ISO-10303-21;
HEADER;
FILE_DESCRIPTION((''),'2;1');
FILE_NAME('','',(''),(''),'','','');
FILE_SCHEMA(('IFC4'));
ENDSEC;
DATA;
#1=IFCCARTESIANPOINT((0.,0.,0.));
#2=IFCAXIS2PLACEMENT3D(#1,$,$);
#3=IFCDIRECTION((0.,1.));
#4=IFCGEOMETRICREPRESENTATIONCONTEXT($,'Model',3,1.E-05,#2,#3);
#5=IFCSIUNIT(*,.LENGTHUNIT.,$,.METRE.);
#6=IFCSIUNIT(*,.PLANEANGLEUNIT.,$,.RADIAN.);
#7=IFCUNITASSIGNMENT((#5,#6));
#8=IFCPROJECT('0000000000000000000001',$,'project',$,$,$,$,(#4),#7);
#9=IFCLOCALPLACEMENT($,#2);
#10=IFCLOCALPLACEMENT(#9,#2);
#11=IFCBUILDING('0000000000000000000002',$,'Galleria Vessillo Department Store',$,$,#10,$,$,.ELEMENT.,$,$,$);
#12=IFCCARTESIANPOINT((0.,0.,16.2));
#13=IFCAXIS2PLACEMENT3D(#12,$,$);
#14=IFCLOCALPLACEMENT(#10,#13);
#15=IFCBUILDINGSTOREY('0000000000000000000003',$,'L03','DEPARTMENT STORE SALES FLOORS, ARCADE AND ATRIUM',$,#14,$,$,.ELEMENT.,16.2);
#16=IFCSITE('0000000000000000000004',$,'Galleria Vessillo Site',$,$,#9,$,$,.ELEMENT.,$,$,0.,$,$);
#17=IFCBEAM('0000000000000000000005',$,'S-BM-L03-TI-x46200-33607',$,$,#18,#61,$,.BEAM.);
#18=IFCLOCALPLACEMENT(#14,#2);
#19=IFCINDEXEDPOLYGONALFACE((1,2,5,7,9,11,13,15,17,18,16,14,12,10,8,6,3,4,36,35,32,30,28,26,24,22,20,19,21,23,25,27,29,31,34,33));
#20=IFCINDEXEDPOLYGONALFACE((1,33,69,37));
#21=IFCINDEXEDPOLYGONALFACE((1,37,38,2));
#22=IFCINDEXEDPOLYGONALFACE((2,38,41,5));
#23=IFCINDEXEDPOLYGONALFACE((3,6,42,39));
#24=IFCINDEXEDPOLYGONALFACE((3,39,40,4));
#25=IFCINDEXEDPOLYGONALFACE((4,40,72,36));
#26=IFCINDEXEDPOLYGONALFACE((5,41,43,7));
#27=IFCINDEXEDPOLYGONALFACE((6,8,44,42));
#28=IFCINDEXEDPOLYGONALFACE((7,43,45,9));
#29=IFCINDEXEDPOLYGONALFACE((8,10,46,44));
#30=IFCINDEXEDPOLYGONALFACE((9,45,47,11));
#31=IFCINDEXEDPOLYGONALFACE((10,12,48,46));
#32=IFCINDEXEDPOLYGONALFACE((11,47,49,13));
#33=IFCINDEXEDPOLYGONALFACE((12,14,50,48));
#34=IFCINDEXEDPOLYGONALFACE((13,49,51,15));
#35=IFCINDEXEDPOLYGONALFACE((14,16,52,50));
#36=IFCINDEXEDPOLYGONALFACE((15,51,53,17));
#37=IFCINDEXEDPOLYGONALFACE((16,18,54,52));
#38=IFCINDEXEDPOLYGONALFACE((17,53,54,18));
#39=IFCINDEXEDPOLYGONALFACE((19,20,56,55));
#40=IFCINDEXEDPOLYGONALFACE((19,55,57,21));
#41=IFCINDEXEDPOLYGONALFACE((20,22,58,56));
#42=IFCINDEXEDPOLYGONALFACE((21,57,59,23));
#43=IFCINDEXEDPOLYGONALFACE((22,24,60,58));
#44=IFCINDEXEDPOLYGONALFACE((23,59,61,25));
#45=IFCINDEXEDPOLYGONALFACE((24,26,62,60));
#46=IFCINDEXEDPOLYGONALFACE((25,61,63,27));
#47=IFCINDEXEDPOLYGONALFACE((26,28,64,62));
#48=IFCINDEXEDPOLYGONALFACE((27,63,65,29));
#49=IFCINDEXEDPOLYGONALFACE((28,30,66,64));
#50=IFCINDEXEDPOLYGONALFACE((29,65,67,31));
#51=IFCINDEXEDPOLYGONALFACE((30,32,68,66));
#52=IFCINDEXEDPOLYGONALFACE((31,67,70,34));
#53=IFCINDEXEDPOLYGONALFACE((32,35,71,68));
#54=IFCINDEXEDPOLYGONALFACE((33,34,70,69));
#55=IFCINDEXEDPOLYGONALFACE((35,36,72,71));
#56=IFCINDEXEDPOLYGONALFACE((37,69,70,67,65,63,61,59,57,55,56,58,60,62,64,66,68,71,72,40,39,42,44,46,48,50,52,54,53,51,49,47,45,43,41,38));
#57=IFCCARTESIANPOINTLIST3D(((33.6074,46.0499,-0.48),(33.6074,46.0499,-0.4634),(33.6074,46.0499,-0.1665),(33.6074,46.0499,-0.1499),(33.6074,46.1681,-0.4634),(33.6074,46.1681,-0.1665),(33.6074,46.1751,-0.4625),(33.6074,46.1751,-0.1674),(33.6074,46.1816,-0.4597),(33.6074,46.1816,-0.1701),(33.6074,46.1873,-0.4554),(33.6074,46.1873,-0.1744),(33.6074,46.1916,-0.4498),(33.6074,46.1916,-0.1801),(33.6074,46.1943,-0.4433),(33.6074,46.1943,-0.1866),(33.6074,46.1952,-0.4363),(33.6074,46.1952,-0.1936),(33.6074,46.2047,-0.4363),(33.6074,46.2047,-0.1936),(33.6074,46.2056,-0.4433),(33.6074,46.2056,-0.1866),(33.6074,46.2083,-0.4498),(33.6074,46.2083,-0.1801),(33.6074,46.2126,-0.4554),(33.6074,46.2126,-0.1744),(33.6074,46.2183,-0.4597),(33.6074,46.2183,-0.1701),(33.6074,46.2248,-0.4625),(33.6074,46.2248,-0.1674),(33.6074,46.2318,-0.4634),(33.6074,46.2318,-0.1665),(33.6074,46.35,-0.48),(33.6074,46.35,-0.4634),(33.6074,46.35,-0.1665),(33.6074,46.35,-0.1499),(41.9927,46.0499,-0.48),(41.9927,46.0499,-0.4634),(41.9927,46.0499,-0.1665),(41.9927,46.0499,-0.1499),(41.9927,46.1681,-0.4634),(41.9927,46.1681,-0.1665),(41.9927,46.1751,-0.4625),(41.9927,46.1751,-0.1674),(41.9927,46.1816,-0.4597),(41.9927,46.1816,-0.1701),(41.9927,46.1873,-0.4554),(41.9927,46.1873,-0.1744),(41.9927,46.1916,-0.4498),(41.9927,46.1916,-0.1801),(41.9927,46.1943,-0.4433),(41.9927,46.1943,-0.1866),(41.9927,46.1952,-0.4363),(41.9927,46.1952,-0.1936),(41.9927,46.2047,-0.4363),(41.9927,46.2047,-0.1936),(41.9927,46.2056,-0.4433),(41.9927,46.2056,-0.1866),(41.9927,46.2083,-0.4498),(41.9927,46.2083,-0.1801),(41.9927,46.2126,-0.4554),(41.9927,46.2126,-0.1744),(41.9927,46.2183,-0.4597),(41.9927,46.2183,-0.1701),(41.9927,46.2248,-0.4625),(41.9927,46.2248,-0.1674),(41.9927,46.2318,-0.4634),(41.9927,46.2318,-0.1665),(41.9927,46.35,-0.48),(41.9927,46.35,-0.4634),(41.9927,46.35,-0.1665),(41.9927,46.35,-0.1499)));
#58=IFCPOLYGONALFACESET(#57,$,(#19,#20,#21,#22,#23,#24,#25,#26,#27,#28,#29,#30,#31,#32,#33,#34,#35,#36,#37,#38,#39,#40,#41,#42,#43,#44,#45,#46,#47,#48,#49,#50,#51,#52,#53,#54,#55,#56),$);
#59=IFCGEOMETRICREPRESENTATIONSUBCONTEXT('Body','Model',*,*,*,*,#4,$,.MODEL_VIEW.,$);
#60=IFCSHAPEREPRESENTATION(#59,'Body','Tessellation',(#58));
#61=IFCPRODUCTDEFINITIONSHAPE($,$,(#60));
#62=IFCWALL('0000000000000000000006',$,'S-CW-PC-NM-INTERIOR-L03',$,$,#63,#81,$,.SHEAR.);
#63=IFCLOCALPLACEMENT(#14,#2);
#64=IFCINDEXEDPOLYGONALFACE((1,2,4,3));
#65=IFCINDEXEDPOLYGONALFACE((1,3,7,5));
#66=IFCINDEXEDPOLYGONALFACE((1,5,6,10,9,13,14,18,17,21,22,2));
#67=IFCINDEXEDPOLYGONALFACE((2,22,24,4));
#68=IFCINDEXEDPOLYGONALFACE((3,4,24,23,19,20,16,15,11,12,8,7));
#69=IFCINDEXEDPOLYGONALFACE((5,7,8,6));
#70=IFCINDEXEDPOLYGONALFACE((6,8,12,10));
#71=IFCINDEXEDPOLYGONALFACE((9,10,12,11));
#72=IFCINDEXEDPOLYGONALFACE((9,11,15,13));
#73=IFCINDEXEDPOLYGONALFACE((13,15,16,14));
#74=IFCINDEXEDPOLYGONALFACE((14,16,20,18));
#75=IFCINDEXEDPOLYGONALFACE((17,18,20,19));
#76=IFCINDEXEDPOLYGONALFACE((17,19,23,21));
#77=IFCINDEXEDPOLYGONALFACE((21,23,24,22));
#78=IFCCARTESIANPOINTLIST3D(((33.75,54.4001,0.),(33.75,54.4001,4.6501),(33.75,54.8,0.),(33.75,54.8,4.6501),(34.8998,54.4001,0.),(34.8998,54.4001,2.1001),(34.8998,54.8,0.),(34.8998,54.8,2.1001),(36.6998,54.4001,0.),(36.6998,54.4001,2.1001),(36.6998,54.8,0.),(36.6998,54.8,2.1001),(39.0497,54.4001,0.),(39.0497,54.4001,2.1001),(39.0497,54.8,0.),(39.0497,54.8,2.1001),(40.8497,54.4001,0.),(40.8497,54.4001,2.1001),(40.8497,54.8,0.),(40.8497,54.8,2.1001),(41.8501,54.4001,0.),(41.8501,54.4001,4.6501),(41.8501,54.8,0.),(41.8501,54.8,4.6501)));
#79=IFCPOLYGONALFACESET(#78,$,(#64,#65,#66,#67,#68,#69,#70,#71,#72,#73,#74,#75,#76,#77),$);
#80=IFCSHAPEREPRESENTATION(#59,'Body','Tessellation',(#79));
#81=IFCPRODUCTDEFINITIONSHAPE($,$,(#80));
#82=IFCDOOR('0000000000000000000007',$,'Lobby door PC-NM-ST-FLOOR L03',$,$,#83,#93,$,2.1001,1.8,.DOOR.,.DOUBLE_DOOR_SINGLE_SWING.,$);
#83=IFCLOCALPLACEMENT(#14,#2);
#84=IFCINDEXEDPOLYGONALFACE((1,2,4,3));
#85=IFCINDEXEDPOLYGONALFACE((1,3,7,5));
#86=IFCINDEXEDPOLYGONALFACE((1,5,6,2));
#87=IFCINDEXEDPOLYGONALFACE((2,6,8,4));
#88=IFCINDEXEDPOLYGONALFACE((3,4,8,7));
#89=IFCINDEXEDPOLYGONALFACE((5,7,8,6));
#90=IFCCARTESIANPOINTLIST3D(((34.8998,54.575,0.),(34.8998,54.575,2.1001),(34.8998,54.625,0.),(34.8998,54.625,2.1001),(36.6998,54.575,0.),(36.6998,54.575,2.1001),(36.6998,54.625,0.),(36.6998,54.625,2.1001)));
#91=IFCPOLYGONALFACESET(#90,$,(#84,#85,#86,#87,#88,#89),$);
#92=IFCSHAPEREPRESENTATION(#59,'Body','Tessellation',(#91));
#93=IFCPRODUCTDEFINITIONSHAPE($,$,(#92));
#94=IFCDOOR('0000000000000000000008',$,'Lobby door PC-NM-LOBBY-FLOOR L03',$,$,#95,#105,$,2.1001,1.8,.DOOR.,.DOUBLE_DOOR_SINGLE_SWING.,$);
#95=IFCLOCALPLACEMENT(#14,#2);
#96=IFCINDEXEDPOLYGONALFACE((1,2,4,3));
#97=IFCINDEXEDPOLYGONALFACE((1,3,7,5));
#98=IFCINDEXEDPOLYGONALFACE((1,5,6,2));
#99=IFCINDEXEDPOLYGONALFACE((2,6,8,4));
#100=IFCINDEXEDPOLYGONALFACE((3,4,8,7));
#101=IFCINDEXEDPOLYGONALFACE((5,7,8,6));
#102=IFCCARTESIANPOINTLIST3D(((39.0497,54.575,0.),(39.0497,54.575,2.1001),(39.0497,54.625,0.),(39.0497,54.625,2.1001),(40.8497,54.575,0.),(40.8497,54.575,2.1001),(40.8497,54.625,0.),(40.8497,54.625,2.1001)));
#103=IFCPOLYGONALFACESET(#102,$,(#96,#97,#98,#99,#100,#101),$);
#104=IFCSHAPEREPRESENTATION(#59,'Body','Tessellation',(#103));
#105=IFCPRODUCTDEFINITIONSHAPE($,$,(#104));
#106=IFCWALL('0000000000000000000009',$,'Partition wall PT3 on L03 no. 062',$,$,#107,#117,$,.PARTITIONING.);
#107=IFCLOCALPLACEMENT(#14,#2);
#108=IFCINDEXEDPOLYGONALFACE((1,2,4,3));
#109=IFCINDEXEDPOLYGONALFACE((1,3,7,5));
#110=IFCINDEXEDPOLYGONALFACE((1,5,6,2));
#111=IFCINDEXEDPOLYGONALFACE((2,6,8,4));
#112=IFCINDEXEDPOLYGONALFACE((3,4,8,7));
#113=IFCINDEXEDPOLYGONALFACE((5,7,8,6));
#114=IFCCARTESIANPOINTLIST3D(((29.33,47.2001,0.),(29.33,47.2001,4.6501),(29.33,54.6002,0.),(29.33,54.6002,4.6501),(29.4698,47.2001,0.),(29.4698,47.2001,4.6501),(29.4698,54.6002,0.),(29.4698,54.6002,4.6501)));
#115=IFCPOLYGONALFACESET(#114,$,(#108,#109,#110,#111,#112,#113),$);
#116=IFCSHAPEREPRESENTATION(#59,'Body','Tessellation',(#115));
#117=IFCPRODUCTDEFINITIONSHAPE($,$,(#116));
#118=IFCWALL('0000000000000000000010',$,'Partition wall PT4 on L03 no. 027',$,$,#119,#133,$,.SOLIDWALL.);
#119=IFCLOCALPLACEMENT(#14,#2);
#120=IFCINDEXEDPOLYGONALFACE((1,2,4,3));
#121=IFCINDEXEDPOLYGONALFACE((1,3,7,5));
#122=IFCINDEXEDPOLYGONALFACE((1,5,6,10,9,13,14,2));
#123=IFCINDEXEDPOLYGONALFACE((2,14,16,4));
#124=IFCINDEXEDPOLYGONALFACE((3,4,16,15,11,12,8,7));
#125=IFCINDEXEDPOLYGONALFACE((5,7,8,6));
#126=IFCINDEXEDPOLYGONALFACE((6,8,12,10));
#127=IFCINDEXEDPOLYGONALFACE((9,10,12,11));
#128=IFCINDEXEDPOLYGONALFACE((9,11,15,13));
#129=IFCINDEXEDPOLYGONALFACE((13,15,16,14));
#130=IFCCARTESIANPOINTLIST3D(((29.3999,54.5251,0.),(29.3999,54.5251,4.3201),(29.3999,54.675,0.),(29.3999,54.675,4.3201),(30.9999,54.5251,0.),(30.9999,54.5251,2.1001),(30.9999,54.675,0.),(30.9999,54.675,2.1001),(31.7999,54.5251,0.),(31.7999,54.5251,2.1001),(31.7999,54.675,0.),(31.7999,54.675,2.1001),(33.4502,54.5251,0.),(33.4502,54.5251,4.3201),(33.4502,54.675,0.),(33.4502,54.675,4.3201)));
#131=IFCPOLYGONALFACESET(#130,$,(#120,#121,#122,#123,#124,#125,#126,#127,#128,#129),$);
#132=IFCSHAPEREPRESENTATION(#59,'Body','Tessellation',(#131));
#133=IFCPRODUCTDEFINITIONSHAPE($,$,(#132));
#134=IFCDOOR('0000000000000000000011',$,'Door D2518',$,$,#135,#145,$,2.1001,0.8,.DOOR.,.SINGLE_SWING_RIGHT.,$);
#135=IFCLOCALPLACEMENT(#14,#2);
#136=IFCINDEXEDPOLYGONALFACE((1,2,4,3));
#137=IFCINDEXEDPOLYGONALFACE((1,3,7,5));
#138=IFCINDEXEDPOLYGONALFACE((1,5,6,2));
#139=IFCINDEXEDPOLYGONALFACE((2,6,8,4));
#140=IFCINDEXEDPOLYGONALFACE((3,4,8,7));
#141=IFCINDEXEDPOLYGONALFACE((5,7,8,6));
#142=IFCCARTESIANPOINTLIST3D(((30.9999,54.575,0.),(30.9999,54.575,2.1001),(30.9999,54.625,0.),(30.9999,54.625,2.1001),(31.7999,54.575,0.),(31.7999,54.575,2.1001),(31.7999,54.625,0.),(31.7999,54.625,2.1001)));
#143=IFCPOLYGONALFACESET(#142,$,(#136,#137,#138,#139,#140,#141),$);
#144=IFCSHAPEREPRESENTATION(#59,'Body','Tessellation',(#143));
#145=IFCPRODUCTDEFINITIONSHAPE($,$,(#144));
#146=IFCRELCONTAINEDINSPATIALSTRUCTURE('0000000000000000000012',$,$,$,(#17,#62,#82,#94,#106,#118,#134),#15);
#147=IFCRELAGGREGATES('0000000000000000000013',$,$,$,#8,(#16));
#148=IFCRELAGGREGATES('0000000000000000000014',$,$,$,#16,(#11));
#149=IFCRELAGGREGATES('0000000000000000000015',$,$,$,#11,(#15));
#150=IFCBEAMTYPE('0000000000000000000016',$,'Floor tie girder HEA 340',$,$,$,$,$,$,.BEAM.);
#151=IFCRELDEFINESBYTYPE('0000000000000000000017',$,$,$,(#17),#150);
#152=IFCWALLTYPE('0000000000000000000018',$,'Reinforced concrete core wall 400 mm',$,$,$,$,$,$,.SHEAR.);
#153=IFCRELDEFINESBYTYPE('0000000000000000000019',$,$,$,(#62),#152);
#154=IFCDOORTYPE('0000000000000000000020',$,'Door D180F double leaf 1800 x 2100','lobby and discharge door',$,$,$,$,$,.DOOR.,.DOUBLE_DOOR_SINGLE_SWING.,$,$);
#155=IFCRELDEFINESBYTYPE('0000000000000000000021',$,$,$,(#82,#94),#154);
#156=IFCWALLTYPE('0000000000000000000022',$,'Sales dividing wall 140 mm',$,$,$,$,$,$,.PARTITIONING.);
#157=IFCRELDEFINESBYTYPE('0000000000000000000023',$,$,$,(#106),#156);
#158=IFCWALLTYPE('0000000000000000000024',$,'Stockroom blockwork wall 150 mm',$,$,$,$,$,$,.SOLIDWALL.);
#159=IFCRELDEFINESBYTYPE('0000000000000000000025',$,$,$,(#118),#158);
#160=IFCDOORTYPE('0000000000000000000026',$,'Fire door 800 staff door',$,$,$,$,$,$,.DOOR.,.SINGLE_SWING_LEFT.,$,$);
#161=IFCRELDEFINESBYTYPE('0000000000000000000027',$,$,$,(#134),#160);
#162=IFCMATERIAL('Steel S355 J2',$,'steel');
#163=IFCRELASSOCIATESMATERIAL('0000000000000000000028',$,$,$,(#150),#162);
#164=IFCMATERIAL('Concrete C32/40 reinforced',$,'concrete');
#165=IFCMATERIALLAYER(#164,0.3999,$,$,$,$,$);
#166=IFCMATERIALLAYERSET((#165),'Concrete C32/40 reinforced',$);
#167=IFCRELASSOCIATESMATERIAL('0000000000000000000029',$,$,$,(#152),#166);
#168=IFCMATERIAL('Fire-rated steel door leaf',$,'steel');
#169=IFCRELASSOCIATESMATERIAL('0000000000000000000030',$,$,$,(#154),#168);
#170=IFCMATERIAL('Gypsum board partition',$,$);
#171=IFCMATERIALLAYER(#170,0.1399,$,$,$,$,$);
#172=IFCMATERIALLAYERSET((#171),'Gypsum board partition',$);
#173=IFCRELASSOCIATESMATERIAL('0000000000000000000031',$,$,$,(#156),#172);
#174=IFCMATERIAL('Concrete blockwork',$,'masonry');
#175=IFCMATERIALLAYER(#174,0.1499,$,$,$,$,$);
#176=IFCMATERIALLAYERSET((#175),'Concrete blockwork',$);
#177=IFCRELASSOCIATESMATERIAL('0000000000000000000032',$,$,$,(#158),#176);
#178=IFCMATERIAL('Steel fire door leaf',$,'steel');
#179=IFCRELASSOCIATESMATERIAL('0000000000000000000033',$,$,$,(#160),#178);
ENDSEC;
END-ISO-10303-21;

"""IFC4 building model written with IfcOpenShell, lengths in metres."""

from ifc_helpers import new_model, si_unit, direction, frame, frame_2d, origin, origin_2d, place, context, subcontext, project, spatial, rectangle, i_section, extrude, material, layer, layer_set, material_profile, profile_set, type_object, element, fill, save


model = new_model("IFC4")

# Units and contexts
model_context = context("Model", 3, precision=1e-05, world=origin(), true_north=direction((0.0, 1.0)))
body_context = subcontext(model_context, "Body", "Model", "MODEL_VIEW")
ifc_project = project(units=[si_unit("LENGTHUNIT", "METRE"), si_unit("PLANEANGLEUNIT", "RADIAN")], contexts=[model_context])

# Site, building, storey
site_placement = place(None, origin())
site = spatial("IfcSite", under=ifc_project, at=site_placement, Name="Galleria Vessillo Site", CompositionType="ELEMENT", RefElevation=0.0)
building_placement = place(site_placement, origin())
building = spatial("IfcBuilding", under=site, at=building_placement, Name="Galleria Vessillo Department Store", CompositionType="ELEMENT")
storey_placement = place(building_placement, frame((0.0, 0.0, 16.2)))
storey = spatial("IfcBuildingStorey", under=building, at=storey_placement, Name="L03", Description="DEPARTMENT STORE SALES FLOORS, ARCADE AND ATRIUM", CompositionType="ELEMENT", Elevation=16.2)

# Beam
ifc_material_1 = material(Name="Steel S355 J2", Category="steel")
ifc_material_profile_1 = material_profile(ifc_material_1, i_section(OverallWidth=0.3, OverallDepth=0.3301, WebThickness=0.0095, FlangeThickness=0.0166, FilletRadius=0.0271, at=origin_2d()), Name="HEA 340")
ifc_profile_set_1 = profile_set([ifc_material_profile_1], Name="Steel S355 J2")
beam_type_1 = type_object("IfcBeamType", Name="Floor tie girder HEA 340", PredefinedType="BEAM", material=ifc_profile_set_1)
beam_1_placement = place(storey_placement, frame((33.6074, 46.2, -0.3149), z_axis=(1.0, 0.0, 0.0), x_axis=(0.0, 1.0, 0.0)))
element("IfcBeam", 1, at=beam_1_placement, inside=storey, type_object=beam_type_1, Name="S-BM-L03-TI-x46200-33607", PredefinedType="BEAM", context=body_context, shape_type="SweptSolid", body=[
    extrude(i_section(OverallWidth=0.3, OverallDepth=0.3301, WebThickness=0.0095, FlangeThickness=0.0166, FilletRadius=0.0271, at=origin_2d()), origin(), (0.0, 0.0, 1.0), 8.3853),
])

# Wall, openings, doors
ifc_material_2 = material(Name="Concrete C32/40 reinforced", Category="concrete")
ifc_layer_1 = layer(ifc_material_2, 0.3999)
ifc_layer_set_1 = layer_set([ifc_layer_1], Name="Concrete C32/40 reinforced")
wall_type_1 = type_object("IfcWallType", Name="Reinforced concrete core wall 400 mm", PredefinedType="SHEAR", material=ifc_layer_set_1)
wall_1_placement = place(storey_placement, frame((33.75, 54.6001, 0.0), z_axis=(0.0, 0.0, 1.0), x_axis=(1.0, 0.0, 0.0)))
wall_1 = element("IfcWall", 2, at=wall_1_placement, inside=storey, type_object=wall_type_1, Name="S-CW-PC-NM-INTERIOR-L03", PredefinedType="SHEAR", context=body_context, shape_type="SweptSolid", body=[
    extrude(rectangle(XDim=8.1001, YDim=0.3999, at=frame_2d((4.05, 0.0))), origin(), (0.0, 0.0, 1.0), 4.6501),
])
opening_1_placement = place(wall_1_placement, frame((1.1499, 0.0, 0.0)))
opening_1 = element("IfcOpeningElement", 3, at=opening_1_placement, cuts=wall_1, PredefinedType="OPENING", context=body_context, shape_type="SweptSolid", body=[
    extrude(rectangle(XDim=1.8, YDim=2.1001, at=frame_2d((0.8999, 1.05))), frame((0.0, 0.21, 0.0), z_axis=(0.0, -1.0, 0.0), x_axis=(1.0, 0.0, 0.0)), (0.0, 0.0, 1.0), 0.4199),
])
opening_2_placement = place(wall_1_placement, frame((5.2998, 0.0, 0.0)))
opening_2 = element("IfcOpeningElement", 4, at=opening_2_placement, cuts=wall_1, PredefinedType="OPENING", context=body_context, shape_type="SweptSolid", body=[
    extrude(rectangle(XDim=1.8, YDim=2.1001, at=frame_2d((0.8999, 1.05))), frame((0.0, 0.21, 0.0), z_axis=(0.0, -1.0, 0.0), x_axis=(1.0, 0.0, 0.0)), (0.0, 0.0, 1.0), 0.4199),
])
ifc_material_3 = material(Name="Fire-rated steel door leaf", Category="steel")
door_type_1 = type_object("IfcDoorType", Name="Door D180F double leaf 1800 x 2100", Description="lobby and discharge door", OperationType="DOUBLE_DOOR_SINGLE_SWING", PredefinedType="DOOR", material=ifc_material_3)
door_1_placement = place(opening_1_placement, origin())
door_1 = element("IfcDoor", 5, at=door_1_placement, inside=storey, type_object=door_type_1, Name="Lobby door PC-NM-ST-FLOOR L03", OperationType="DOUBLE_DOOR_SINGLE_SWING", OverallHeight=2.1001, OverallWidth=1.8, PredefinedType="DOOR", context=body_context, shape_type="SweptSolid", body=[
    extrude(rectangle(XDim=1.8, YDim=2.1001, at=frame_2d((0.8999, 1.05))), frame((0.0, 0.0249, 0.0), z_axis=(0.0, -1.0, 0.0), x_axis=(1.0, 0.0, 0.0)), (0.0, 0.0, 1.0), 0.05),
])
fill(opening_1, door_1)
door_2_placement = place(opening_2_placement, origin())
door_2 = element("IfcDoor", 6, at=door_2_placement, inside=storey, type_object=door_type_1, Name="Lobby door PC-NM-LOBBY-FLOOR L03", OperationType="DOUBLE_DOOR_SINGLE_SWING", OverallHeight=2.1001, OverallWidth=1.8, PredefinedType="DOOR", context=body_context, shape_type="SweptSolid", body=[
    extrude(rectangle(XDim=1.8, YDim=2.1001, at=frame_2d((0.8999, 1.05))), frame((0.0, 0.0249, 0.0), z_axis=(0.0, -1.0, 0.0), x_axis=(1.0, 0.0, 0.0)), (0.0, 0.0, 1.0), 0.05),
])
fill(opening_2, door_2)

# Wall
ifc_material_4 = material(Name="Gypsum board partition")
ifc_layer_2 = layer(ifc_material_4, 0.1399)
ifc_layer_set_2 = layer_set([ifc_layer_2], Name="Gypsum board partition")
wall_type_2 = type_object("IfcWallType", Name="Sales dividing wall 140 mm", PredefinedType="PARTITIONING", material=ifc_layer_set_2)
wall_2_placement = place(storey_placement, frame((29.3999, 47.2, 0.0), z_axis=(0.0, 0.0, 1.0), x_axis=(0.0, 1.0, 0.0)))
element("IfcWall", 7, at=wall_2_placement, inside=storey, type_object=wall_type_2, Name="Partition wall PT3 on L03 no. 062", PredefinedType="PARTITIONING", context=body_context, shape_type="SweptSolid", body=[
    extrude(rectangle(XDim=7.4001, YDim=0.1399, at=frame_2d((3.7002, 0.0))), origin(), (0.0, 0.0, 1.0), 4.6501),
])

# Wall, opening, door
ifc_material_5 = material(Name="Concrete blockwork", Category="masonry")
ifc_layer_3 = layer(ifc_material_5, 0.1499)
ifc_layer_set_3 = layer_set([ifc_layer_3], Name="Concrete blockwork")
wall_type_3 = type_object("IfcWallType", Name="Stockroom blockwork wall 150 mm", PredefinedType="SOLIDWALL", material=ifc_layer_set_3)
wall_3_placement = place(storey_placement, frame((29.3999, 54.6001, 0.0), z_axis=(0.0, 0.0, 1.0), x_axis=(1.0, 0.0, 0.0)))
wall_3 = element("IfcWall", 8, at=wall_3_placement, inside=storey, type_object=wall_type_3, Name="Partition wall PT4 on L03 no. 027", PredefinedType="SOLIDWALL", context=body_context, shape_type="SweptSolid", body=[
    extrude(rectangle(XDim=4.0503, YDim=0.1499, at=frame_2d((2.0251, 0.0))), origin(), (0.0, 0.0, 1.0), 4.3201),
])
opening_3_placement = place(wall_3_placement, frame((1.6001, 0.0, 0.0)))
opening_3 = element("IfcOpeningElement", 9, at=opening_3_placement, cuts=wall_3, PredefinedType="OPENING", context=body_context, shape_type="SweptSolid", body=[
    extrude(rectangle(XDim=0.8, YDim=2.1001, at=frame_2d((0.3999, 1.05))), frame((0.0, 0.085, 0.0), z_axis=(0.0, -1.0, 0.0), x_axis=(1.0, 0.0, 0.0)), (0.0, 0.0, 1.0), 0.1699),
])
ifc_material_6 = material(Name="Steel fire door leaf", Category="steel")
door_type_2 = type_object("IfcDoorType", Name="Fire door 800 staff door", OperationType="SINGLE_SWING_LEFT", PredefinedType="DOOR", material=ifc_material_6)
door_3_placement = place(opening_3_placement, origin())
door_3 = element("IfcDoor", 10, at=door_3_placement, inside=storey, type_object=door_type_2, Name="Door D2518", OperationType="SINGLE_SWING_RIGHT", OverallHeight=2.1001, OverallWidth=0.8, PredefinedType="DOOR", context=body_context, shape_type="SweptSolid", body=[
    extrude(rectangle(XDim=0.8, YDim=2.1001, at=frame_2d((0.3999, 1.05))), frame((0.0, 0.0249, 0.0), z_axis=(0.0, -1.0, 0.0), x_axis=(1.0, 0.0, 0.0)), (0.0, 0.0, 1.0), 0.05),
])
fill(opening_3, door_3)

save(model, "model.ifc")
